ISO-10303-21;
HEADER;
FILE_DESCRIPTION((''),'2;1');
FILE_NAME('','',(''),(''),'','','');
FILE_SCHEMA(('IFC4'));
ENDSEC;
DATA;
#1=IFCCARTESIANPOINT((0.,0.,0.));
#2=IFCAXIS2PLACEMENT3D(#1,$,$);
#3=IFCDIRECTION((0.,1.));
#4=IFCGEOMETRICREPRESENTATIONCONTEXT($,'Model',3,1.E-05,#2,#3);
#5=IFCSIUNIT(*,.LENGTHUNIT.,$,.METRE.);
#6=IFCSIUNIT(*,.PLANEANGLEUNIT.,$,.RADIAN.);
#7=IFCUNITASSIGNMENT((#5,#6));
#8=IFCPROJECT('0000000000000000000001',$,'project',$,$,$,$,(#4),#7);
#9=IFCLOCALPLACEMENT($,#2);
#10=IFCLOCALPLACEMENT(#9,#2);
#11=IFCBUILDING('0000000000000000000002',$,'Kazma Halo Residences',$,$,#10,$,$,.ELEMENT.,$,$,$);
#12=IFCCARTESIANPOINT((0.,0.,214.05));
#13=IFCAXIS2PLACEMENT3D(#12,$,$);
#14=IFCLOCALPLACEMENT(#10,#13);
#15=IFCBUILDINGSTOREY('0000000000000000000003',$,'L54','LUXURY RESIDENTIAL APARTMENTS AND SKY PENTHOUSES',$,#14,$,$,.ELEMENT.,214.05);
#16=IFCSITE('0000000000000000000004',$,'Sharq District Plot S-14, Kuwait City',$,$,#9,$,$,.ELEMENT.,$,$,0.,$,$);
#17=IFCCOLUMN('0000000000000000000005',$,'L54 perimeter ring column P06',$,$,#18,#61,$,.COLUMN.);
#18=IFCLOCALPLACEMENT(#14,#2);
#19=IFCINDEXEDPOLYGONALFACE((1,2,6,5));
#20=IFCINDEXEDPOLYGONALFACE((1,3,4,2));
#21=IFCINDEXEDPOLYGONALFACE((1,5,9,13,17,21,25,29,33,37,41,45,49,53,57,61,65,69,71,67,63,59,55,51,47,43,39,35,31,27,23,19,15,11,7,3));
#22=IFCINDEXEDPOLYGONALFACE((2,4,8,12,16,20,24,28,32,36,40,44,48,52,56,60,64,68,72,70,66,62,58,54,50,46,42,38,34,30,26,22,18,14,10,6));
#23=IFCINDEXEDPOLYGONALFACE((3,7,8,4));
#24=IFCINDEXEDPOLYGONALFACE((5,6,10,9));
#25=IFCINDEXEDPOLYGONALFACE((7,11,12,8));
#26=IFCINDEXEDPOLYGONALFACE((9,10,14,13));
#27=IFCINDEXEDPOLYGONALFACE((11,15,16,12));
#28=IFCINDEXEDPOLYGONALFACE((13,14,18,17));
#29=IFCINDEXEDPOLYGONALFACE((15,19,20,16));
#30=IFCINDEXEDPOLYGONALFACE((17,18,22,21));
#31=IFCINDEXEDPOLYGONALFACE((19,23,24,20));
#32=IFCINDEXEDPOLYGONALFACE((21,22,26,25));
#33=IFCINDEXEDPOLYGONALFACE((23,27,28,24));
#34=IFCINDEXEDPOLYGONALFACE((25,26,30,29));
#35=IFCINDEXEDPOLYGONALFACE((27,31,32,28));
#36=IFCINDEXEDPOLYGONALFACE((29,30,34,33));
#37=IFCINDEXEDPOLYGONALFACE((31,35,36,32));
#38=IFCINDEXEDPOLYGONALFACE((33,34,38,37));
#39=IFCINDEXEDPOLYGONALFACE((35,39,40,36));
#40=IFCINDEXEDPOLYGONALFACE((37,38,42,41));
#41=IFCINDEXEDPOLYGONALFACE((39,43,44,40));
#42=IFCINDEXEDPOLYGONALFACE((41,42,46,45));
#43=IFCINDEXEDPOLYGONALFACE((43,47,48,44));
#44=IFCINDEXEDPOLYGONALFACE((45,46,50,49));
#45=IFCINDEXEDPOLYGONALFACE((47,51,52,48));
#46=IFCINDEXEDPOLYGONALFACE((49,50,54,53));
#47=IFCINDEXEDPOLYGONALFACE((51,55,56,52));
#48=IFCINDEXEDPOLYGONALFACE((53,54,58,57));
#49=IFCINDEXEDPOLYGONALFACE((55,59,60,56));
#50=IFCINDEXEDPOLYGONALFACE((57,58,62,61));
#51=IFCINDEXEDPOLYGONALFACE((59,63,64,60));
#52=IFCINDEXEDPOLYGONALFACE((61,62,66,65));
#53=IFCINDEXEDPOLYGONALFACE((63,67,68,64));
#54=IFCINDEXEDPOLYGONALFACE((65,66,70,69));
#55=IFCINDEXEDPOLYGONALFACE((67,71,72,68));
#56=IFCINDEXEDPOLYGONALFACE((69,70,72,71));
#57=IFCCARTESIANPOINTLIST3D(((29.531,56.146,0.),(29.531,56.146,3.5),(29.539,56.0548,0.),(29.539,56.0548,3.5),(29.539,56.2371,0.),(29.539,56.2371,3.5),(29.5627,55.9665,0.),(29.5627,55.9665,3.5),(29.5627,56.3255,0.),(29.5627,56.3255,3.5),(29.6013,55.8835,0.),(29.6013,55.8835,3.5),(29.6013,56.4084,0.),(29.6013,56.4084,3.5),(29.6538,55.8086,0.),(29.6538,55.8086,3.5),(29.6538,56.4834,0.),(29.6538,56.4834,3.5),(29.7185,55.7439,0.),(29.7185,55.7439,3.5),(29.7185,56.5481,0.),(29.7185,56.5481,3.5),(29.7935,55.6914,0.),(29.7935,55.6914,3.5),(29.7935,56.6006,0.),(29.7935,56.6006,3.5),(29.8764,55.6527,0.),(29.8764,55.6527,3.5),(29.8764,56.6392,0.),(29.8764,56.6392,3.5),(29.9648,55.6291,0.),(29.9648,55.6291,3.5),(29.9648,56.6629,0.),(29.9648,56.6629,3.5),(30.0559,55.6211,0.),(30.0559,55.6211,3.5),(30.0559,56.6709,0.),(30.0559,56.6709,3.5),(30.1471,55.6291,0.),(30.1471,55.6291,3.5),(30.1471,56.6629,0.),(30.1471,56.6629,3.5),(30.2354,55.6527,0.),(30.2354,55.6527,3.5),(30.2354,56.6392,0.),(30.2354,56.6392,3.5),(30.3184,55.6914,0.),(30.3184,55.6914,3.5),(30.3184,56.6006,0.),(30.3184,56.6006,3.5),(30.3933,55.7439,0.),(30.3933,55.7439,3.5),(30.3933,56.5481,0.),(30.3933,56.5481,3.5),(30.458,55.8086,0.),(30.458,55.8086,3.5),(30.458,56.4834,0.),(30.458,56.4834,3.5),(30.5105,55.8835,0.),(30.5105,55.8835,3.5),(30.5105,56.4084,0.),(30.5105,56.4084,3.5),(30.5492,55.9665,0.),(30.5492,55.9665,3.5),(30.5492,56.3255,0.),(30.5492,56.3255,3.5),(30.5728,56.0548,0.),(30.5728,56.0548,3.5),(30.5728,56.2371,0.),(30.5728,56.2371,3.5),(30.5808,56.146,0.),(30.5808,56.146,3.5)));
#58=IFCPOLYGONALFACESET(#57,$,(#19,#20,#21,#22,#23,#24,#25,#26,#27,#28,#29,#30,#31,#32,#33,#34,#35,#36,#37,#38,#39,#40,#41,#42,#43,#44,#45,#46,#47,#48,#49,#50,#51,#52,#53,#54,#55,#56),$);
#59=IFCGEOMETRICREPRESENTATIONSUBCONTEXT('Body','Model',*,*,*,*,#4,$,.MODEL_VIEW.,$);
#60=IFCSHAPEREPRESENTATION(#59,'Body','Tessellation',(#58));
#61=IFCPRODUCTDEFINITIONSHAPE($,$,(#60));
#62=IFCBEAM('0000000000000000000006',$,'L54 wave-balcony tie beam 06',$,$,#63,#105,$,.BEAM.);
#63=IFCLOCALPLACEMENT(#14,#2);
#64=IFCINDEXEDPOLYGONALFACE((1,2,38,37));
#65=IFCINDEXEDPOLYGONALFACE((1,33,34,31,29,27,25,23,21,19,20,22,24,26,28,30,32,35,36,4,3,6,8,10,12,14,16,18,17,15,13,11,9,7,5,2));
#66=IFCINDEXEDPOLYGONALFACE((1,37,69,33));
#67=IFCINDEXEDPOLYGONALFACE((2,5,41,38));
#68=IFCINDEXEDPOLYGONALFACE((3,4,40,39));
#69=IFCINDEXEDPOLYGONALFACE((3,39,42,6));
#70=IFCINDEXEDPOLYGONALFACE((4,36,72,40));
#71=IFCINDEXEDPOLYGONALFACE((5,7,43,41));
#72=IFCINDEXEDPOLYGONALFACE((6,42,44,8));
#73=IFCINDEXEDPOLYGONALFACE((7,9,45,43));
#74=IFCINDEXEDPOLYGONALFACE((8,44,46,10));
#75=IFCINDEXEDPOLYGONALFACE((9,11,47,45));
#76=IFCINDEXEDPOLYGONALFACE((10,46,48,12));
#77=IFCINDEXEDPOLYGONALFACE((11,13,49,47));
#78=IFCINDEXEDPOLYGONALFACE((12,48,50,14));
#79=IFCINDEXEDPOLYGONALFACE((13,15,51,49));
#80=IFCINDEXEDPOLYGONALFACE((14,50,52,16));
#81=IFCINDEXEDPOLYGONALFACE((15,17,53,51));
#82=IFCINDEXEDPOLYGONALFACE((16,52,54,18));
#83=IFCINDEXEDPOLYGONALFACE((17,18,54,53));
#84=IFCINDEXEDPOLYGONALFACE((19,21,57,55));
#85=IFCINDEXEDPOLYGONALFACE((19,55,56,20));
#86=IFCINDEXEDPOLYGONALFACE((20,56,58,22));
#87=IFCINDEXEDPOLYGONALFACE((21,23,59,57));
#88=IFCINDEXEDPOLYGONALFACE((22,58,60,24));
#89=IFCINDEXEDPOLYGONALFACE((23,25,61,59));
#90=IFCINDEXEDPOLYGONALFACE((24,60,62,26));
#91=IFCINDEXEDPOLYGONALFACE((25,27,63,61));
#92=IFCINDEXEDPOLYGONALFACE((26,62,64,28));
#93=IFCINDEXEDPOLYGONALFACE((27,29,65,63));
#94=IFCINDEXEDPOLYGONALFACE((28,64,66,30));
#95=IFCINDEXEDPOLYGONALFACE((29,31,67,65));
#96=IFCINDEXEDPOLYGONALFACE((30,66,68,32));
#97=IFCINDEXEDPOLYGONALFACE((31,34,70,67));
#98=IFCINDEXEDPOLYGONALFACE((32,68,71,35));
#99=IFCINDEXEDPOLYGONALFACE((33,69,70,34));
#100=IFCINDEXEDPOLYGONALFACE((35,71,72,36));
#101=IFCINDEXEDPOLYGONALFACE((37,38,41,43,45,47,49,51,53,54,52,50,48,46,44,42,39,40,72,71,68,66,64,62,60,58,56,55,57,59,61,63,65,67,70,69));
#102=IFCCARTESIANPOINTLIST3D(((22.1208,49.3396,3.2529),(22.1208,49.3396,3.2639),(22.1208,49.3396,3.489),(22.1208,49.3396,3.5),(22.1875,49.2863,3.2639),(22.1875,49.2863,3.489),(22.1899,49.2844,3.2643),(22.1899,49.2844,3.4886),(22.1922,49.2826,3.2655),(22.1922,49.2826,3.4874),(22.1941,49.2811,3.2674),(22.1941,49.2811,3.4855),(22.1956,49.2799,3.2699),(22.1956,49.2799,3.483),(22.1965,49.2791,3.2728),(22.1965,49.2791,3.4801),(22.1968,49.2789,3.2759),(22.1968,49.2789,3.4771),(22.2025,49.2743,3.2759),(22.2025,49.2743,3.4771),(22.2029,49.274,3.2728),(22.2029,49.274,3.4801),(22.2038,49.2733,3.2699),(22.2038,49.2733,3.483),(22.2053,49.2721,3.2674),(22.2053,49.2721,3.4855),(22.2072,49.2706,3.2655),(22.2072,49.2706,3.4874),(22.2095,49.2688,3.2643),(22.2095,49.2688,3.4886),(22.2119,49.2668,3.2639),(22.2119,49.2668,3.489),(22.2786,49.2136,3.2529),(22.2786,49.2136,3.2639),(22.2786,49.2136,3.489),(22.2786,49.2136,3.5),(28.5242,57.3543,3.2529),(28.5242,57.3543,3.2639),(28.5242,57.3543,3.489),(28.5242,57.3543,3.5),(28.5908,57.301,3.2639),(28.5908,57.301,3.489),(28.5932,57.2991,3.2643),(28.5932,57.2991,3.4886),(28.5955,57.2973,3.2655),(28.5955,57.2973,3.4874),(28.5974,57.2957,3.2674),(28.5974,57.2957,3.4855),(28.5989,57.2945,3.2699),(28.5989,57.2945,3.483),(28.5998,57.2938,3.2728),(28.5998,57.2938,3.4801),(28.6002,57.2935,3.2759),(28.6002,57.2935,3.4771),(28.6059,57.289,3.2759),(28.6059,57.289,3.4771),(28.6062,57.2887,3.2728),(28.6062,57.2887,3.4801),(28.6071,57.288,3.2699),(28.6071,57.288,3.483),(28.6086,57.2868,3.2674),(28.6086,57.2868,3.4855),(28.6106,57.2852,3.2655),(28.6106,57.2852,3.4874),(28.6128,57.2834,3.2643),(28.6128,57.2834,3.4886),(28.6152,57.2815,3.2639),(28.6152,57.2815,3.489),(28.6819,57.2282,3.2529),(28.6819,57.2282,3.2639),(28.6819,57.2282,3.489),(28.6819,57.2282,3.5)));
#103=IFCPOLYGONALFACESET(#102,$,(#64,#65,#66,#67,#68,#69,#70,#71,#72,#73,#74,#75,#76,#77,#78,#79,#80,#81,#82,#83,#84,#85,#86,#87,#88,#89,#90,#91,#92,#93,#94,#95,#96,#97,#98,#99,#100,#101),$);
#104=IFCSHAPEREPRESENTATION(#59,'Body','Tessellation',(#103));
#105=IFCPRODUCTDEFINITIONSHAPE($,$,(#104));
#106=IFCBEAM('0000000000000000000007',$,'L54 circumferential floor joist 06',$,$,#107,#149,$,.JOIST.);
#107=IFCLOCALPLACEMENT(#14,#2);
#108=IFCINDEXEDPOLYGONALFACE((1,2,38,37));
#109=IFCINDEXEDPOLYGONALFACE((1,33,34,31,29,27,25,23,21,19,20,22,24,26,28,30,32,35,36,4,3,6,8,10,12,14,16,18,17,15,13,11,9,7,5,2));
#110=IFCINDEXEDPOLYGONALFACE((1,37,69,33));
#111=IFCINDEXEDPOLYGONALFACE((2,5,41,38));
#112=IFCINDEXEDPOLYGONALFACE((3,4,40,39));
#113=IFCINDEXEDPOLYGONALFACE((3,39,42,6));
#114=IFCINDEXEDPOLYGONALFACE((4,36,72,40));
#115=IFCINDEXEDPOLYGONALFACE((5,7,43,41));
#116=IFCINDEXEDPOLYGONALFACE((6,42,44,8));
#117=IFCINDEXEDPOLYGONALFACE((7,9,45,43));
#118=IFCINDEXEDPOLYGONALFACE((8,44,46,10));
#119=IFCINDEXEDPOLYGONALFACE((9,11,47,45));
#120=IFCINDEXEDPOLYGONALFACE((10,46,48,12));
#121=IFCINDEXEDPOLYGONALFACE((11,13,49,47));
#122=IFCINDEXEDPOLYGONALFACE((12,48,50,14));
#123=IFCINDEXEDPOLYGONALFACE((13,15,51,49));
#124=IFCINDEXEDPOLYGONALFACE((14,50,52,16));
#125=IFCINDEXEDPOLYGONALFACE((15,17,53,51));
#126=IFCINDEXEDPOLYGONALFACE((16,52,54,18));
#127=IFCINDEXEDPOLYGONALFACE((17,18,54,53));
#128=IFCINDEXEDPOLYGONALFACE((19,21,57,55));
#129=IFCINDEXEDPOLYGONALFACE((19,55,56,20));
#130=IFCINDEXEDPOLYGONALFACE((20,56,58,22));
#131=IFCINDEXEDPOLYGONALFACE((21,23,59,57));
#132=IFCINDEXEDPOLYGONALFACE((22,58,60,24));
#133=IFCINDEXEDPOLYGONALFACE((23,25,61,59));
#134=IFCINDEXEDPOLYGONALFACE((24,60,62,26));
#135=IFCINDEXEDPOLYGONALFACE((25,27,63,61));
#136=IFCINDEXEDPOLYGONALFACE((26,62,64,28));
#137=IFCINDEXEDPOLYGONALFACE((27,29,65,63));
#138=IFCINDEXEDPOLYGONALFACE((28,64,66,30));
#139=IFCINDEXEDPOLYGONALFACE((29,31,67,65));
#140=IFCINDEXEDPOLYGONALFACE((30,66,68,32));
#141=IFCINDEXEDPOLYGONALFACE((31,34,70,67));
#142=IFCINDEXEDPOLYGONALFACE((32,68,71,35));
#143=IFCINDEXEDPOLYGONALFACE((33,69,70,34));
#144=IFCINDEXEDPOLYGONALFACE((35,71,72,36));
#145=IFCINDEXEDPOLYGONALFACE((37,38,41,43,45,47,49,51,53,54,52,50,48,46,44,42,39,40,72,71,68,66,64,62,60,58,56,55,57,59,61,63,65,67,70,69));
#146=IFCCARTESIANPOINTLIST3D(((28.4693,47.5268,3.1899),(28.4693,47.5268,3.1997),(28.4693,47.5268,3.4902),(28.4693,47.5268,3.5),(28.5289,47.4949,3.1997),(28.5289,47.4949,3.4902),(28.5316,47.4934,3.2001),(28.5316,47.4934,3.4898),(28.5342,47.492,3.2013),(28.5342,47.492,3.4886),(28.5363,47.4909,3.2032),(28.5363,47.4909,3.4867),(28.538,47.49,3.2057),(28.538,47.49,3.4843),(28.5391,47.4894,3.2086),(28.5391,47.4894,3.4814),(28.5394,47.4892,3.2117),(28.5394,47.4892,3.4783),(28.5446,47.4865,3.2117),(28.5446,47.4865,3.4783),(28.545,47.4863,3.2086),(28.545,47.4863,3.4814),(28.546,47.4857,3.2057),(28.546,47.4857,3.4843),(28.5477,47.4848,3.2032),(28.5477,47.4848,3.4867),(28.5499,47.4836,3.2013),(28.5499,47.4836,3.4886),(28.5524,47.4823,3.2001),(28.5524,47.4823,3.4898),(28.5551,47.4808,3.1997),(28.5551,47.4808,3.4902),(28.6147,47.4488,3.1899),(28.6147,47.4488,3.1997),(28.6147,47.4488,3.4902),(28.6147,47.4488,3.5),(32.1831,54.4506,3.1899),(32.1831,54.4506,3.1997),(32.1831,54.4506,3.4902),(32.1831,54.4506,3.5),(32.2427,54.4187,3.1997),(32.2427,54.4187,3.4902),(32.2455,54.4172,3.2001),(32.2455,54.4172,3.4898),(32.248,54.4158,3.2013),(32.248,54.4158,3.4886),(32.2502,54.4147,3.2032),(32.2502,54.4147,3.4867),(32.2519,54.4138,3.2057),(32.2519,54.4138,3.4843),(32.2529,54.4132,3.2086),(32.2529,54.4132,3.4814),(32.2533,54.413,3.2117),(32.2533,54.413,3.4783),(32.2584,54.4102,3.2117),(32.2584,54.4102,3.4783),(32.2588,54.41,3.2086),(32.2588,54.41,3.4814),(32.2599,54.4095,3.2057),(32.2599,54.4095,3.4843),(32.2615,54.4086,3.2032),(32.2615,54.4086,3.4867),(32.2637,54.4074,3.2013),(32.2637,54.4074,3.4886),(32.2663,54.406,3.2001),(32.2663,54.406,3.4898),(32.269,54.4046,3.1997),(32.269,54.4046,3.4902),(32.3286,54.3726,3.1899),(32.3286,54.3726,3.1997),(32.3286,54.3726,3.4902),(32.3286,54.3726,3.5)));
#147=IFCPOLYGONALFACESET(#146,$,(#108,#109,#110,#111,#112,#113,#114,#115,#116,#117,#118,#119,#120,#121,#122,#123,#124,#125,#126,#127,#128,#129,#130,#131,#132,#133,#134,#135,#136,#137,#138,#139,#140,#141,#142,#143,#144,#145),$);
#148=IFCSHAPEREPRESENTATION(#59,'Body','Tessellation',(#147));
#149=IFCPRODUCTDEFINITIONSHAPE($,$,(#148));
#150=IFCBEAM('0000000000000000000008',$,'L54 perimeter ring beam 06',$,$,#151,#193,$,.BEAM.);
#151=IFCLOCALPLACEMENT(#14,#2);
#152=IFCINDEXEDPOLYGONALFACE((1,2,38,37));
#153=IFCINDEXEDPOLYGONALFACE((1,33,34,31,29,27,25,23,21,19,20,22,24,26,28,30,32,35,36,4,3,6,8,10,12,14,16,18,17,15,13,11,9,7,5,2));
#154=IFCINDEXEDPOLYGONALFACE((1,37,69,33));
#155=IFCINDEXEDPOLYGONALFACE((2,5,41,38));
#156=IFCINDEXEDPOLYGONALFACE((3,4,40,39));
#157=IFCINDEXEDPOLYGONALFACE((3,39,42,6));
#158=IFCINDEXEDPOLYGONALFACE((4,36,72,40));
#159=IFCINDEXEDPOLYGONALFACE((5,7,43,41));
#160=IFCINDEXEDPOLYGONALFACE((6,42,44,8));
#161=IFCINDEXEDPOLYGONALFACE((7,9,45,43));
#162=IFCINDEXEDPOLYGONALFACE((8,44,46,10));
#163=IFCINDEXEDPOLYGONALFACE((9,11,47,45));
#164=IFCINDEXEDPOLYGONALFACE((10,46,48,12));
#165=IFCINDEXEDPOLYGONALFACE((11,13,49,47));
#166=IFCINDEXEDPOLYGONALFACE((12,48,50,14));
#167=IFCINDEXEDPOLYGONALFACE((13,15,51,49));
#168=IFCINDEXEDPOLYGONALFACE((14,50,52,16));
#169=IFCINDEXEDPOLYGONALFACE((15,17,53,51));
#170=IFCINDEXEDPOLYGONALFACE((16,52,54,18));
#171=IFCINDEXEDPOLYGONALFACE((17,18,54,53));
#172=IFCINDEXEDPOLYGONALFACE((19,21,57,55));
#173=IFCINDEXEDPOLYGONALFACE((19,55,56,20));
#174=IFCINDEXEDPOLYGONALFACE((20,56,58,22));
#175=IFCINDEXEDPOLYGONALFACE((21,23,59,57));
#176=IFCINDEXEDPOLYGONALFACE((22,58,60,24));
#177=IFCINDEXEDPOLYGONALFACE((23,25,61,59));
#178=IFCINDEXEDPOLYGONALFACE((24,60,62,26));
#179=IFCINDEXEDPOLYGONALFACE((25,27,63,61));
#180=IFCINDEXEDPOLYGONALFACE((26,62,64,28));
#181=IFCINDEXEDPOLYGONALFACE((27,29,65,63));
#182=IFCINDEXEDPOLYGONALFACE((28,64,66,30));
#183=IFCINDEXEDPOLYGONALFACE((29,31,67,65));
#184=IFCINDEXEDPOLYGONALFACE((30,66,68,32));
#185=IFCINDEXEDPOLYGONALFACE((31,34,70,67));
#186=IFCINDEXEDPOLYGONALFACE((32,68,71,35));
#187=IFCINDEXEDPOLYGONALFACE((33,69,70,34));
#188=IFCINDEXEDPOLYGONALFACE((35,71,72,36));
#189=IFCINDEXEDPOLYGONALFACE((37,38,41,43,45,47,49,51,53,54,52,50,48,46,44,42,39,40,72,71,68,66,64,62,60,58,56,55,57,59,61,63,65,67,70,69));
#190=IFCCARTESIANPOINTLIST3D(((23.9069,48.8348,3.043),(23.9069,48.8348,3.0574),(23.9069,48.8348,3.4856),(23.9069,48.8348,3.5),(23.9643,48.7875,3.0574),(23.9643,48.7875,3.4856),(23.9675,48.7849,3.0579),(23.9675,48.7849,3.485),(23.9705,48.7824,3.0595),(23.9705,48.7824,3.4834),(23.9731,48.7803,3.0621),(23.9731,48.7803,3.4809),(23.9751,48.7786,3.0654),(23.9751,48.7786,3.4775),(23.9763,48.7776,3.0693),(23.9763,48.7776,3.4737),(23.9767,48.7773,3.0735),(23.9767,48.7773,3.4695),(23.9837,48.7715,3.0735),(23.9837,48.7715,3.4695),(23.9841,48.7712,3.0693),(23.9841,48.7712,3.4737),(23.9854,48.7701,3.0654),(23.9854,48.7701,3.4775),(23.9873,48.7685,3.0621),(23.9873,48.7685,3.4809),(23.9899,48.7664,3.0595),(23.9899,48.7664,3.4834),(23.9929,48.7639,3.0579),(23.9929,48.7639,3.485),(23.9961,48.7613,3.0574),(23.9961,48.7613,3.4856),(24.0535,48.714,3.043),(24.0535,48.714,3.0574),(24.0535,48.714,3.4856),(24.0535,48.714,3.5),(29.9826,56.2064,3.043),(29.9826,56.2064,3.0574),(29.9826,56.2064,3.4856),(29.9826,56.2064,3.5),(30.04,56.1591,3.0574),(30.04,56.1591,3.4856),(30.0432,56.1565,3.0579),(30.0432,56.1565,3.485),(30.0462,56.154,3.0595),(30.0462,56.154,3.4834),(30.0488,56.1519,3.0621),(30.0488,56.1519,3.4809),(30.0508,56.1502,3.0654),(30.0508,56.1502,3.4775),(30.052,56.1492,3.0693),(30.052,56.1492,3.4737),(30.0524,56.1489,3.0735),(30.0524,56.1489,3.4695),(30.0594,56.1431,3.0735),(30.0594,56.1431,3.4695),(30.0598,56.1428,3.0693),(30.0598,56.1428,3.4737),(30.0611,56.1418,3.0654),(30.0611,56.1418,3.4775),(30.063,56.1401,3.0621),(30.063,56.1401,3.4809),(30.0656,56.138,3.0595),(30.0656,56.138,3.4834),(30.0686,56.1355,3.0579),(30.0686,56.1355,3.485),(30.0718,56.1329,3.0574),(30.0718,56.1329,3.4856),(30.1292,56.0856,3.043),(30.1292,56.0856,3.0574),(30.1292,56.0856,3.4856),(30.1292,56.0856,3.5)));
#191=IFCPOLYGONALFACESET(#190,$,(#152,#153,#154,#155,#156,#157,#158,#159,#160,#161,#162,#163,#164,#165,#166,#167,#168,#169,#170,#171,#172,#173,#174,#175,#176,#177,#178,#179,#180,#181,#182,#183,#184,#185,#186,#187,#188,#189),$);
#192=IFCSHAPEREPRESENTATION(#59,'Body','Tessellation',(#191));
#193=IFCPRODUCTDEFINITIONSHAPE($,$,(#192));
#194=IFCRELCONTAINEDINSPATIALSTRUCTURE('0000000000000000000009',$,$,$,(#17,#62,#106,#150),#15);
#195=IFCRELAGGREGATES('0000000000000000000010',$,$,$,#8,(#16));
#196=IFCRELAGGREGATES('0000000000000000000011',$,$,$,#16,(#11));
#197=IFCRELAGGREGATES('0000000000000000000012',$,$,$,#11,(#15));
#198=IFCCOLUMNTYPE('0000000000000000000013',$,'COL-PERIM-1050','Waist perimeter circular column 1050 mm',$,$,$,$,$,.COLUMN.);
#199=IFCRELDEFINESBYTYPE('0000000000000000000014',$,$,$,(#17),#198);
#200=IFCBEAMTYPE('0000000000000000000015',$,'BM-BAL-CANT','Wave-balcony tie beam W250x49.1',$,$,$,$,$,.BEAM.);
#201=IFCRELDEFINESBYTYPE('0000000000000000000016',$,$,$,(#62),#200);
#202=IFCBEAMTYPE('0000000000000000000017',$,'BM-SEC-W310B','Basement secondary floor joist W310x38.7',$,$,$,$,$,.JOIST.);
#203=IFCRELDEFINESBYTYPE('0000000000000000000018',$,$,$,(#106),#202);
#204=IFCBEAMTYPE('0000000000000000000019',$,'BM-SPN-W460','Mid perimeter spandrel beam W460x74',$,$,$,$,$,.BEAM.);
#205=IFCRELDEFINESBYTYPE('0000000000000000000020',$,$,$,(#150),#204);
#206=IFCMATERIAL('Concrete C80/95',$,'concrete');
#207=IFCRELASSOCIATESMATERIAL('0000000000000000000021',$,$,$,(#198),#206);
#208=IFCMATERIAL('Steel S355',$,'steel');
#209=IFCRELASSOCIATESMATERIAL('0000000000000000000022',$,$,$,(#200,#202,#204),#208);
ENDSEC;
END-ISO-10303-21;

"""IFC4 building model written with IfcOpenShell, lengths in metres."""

from ifc_helpers import new_model, si_unit, direction, frame, origin, origin_2d, place, context, subcontext, project, spatial, circle, i_section, extrude, material, material_profile, profile_set, type_object, element, save


model = new_model("IFC4")

# Units and contexts
model_context = context("Model", 3, precision=1e-05, world=origin(), true_north=direction((0.0, 1.0)))
body_context = subcontext(model_context, "Body", "Model", "MODEL_VIEW")
ifc_project = project(units=[si_unit("LENGTHUNIT", "METRE"), si_unit("PLANEANGLEUNIT", "RADIAN")], contexts=[model_context])

# Site, building, storey
site_placement = place(None, origin())
site = spatial("IfcSite", under=ifc_project, at=site_placement, Name="Sharq District Plot S-14, Kuwait City", CompositionType="ELEMENT", RefElevation=0.0)
building_placement = place(site_placement, origin())
building = spatial("IfcBuilding", under=site, at=building_placement, Name="Kazma Halo Residences", CompositionType="ELEMENT")
storey_placement = place(building_placement, frame((0.0, 0.0, 214.05)))
storey = spatial("IfcBuildingStorey", under=building, at=storey_placement, Name="L54", Description="LUXURY RESIDENTIAL APARTMENTS AND SKY PENTHOUSES", CompositionType="ELEMENT", Elevation=214.05)

# Column
ifc_material_1 = material(Name="Concrete C80/95", Category="concrete")
ifc_material_profile_1 = material_profile(ifc_material_1, circle(Radius=0.5249, at=origin_2d()), Name="CIRC1050")
ifc_profile_set_1 = profile_set([ifc_material_profile_1], Name="Concrete C80/95")
column_type = type_object("IfcColumnType", Name="COL-PERIM-1050", Description="Waist perimeter circular column 1050 mm", PredefinedType="COLUMN", material=ifc_profile_set_1)
column_placement = place(storey_placement, frame((30.0559, 56.146, 0.0), z_axis=(0.0, 0.0, 1.0), x_axis=(1.0, 0.0, 0.0)))
element("IfcColumn", 1, at=column_placement, inside=storey, type_object=column_type, Name="L54 perimeter ring column P06", PredefinedType="COLUMN", context=body_context, shape_type="SweptSolid", body=[
    extrude(circle(Radius=0.5249, at=origin_2d()), origin(), (0.0, 0.0, 1.0), 3.5),
])

# Beams
ifc_material_2 = material(Name="Steel S355", Category="steel")
ifc_material_profile_2 = material_profile(ifc_material_2, i_section(OverallWidth=0.2019, OverallDepth=0.2471, WebThickness=0.0073, FlangeThickness=0.011, FilletRadius=0.012, at=origin_2d()), Name="W250x49.1")
ifc_profile_set_2 = profile_set([ifc_material_profile_2], Name="Steel S355")
beam_type_1 = type_object("IfcBeamType", Name="BM-BAL-CANT", Description="Wave-balcony tie beam W250x49.1", PredefinedType="BEAM", material=ifc_profile_set_2)
beam_1_placement = place(storey_placement, frame((28.603, 57.2913, 3.3765), z_axis=(-0.624196, -0.781268, 0.0), x_axis=(0.781268, -0.624196, 0.0)))
element("IfcBeam", 2, at=beam_1_placement, inside=storey, type_object=beam_type_1, Name="L54 wave-balcony tie beam 06", PredefinedType="BEAM", context=body_context, shape_type="SweptSolid", body=[
    extrude(i_section(OverallWidth=0.2019, OverallDepth=0.2471, WebThickness=0.0073, FlangeThickness=0.011, FilletRadius=0.012, at=origin_2d()), origin(), (0.0, 0.0, 1.0), 10.2585),
])
ifc_material_profile_3 = material_profile(ifc_material_2, i_section(OverallWidth=0.165, OverallDepth=0.3101, WebThickness=0.0059, FlangeThickness=0.0098, FilletRadius=0.012, at=origin_2d()), Name="W310x38.7")
ifc_profile_set_3 = profile_set([ifc_material_profile_3], Name="Steel S355")
beam_type_2 = type_object("IfcBeamType", Name="BM-SEC-W310B", Description="Basement secondary floor joist W310x38.7", PredefinedType="JOIST", material=ifc_profile_set_3)
beam_2_placement = place(storey_placement, frame((32.2559, 54.4116, 3.345), z_axis=(-0.472684, -0.881232, 0.0), x_axis=(0.881232, -0.472684, 0.0)))
element("IfcBeam", 3, at=beam_2_placement, inside=storey, type_object=beam_type_2, Name="L54 circumferential floor joist 06", PredefinedType="JOIST", context=body_context, shape_type="SweptSolid", body=[
    extrude(i_section(OverallWidth=0.165, OverallDepth=0.3101, WebThickness=0.0059, FlangeThickness=0.0098, FilletRadius=0.012, at=origin_2d()), origin(), (0.0, 0.0, 1.0), 7.8569),
])
ifc_material_profile_4 = material_profile(ifc_material_2, i_section(OverallWidth=0.1899, OverallDepth=0.457, WebThickness=0.009, FlangeThickness=0.0144, FilletRadius=0.0161, at=origin_2d()), Name="W460x74")
ifc_profile_set_4 = profile_set([ifc_material_profile_4], Name="Steel S355")
beam_type_3 = type_object("IfcBeamType", Name="BM-SPN-W460", Description="Mid perimeter spandrel beam W460x74", PredefinedType="BEAM", material=ifc_profile_set_4)
beam_3_placement = place(storey_placement, frame((30.0559, 56.146, 3.2715), z_axis=(-0.636017, -0.771675, 0.0), x_axis=(0.771675, -0.636017, 0.0)))
element("IfcBeam", 4, at=beam_3_placement, inside=storey, type_object=beam_type_3, Name="L54 perimeter ring beam 06", PredefinedType="BEAM", context=body_context, shape_type="SweptSolid", body=[
    extrude(i_section(OverallWidth=0.1899, OverallDepth=0.457, WebThickness=0.009, FlangeThickness=0.0144, FilletRadius=0.0161, at=origin_2d()), origin(), (0.0, 0.0, 1.0), 9.5527),
])

save(model, "model.ifc")
